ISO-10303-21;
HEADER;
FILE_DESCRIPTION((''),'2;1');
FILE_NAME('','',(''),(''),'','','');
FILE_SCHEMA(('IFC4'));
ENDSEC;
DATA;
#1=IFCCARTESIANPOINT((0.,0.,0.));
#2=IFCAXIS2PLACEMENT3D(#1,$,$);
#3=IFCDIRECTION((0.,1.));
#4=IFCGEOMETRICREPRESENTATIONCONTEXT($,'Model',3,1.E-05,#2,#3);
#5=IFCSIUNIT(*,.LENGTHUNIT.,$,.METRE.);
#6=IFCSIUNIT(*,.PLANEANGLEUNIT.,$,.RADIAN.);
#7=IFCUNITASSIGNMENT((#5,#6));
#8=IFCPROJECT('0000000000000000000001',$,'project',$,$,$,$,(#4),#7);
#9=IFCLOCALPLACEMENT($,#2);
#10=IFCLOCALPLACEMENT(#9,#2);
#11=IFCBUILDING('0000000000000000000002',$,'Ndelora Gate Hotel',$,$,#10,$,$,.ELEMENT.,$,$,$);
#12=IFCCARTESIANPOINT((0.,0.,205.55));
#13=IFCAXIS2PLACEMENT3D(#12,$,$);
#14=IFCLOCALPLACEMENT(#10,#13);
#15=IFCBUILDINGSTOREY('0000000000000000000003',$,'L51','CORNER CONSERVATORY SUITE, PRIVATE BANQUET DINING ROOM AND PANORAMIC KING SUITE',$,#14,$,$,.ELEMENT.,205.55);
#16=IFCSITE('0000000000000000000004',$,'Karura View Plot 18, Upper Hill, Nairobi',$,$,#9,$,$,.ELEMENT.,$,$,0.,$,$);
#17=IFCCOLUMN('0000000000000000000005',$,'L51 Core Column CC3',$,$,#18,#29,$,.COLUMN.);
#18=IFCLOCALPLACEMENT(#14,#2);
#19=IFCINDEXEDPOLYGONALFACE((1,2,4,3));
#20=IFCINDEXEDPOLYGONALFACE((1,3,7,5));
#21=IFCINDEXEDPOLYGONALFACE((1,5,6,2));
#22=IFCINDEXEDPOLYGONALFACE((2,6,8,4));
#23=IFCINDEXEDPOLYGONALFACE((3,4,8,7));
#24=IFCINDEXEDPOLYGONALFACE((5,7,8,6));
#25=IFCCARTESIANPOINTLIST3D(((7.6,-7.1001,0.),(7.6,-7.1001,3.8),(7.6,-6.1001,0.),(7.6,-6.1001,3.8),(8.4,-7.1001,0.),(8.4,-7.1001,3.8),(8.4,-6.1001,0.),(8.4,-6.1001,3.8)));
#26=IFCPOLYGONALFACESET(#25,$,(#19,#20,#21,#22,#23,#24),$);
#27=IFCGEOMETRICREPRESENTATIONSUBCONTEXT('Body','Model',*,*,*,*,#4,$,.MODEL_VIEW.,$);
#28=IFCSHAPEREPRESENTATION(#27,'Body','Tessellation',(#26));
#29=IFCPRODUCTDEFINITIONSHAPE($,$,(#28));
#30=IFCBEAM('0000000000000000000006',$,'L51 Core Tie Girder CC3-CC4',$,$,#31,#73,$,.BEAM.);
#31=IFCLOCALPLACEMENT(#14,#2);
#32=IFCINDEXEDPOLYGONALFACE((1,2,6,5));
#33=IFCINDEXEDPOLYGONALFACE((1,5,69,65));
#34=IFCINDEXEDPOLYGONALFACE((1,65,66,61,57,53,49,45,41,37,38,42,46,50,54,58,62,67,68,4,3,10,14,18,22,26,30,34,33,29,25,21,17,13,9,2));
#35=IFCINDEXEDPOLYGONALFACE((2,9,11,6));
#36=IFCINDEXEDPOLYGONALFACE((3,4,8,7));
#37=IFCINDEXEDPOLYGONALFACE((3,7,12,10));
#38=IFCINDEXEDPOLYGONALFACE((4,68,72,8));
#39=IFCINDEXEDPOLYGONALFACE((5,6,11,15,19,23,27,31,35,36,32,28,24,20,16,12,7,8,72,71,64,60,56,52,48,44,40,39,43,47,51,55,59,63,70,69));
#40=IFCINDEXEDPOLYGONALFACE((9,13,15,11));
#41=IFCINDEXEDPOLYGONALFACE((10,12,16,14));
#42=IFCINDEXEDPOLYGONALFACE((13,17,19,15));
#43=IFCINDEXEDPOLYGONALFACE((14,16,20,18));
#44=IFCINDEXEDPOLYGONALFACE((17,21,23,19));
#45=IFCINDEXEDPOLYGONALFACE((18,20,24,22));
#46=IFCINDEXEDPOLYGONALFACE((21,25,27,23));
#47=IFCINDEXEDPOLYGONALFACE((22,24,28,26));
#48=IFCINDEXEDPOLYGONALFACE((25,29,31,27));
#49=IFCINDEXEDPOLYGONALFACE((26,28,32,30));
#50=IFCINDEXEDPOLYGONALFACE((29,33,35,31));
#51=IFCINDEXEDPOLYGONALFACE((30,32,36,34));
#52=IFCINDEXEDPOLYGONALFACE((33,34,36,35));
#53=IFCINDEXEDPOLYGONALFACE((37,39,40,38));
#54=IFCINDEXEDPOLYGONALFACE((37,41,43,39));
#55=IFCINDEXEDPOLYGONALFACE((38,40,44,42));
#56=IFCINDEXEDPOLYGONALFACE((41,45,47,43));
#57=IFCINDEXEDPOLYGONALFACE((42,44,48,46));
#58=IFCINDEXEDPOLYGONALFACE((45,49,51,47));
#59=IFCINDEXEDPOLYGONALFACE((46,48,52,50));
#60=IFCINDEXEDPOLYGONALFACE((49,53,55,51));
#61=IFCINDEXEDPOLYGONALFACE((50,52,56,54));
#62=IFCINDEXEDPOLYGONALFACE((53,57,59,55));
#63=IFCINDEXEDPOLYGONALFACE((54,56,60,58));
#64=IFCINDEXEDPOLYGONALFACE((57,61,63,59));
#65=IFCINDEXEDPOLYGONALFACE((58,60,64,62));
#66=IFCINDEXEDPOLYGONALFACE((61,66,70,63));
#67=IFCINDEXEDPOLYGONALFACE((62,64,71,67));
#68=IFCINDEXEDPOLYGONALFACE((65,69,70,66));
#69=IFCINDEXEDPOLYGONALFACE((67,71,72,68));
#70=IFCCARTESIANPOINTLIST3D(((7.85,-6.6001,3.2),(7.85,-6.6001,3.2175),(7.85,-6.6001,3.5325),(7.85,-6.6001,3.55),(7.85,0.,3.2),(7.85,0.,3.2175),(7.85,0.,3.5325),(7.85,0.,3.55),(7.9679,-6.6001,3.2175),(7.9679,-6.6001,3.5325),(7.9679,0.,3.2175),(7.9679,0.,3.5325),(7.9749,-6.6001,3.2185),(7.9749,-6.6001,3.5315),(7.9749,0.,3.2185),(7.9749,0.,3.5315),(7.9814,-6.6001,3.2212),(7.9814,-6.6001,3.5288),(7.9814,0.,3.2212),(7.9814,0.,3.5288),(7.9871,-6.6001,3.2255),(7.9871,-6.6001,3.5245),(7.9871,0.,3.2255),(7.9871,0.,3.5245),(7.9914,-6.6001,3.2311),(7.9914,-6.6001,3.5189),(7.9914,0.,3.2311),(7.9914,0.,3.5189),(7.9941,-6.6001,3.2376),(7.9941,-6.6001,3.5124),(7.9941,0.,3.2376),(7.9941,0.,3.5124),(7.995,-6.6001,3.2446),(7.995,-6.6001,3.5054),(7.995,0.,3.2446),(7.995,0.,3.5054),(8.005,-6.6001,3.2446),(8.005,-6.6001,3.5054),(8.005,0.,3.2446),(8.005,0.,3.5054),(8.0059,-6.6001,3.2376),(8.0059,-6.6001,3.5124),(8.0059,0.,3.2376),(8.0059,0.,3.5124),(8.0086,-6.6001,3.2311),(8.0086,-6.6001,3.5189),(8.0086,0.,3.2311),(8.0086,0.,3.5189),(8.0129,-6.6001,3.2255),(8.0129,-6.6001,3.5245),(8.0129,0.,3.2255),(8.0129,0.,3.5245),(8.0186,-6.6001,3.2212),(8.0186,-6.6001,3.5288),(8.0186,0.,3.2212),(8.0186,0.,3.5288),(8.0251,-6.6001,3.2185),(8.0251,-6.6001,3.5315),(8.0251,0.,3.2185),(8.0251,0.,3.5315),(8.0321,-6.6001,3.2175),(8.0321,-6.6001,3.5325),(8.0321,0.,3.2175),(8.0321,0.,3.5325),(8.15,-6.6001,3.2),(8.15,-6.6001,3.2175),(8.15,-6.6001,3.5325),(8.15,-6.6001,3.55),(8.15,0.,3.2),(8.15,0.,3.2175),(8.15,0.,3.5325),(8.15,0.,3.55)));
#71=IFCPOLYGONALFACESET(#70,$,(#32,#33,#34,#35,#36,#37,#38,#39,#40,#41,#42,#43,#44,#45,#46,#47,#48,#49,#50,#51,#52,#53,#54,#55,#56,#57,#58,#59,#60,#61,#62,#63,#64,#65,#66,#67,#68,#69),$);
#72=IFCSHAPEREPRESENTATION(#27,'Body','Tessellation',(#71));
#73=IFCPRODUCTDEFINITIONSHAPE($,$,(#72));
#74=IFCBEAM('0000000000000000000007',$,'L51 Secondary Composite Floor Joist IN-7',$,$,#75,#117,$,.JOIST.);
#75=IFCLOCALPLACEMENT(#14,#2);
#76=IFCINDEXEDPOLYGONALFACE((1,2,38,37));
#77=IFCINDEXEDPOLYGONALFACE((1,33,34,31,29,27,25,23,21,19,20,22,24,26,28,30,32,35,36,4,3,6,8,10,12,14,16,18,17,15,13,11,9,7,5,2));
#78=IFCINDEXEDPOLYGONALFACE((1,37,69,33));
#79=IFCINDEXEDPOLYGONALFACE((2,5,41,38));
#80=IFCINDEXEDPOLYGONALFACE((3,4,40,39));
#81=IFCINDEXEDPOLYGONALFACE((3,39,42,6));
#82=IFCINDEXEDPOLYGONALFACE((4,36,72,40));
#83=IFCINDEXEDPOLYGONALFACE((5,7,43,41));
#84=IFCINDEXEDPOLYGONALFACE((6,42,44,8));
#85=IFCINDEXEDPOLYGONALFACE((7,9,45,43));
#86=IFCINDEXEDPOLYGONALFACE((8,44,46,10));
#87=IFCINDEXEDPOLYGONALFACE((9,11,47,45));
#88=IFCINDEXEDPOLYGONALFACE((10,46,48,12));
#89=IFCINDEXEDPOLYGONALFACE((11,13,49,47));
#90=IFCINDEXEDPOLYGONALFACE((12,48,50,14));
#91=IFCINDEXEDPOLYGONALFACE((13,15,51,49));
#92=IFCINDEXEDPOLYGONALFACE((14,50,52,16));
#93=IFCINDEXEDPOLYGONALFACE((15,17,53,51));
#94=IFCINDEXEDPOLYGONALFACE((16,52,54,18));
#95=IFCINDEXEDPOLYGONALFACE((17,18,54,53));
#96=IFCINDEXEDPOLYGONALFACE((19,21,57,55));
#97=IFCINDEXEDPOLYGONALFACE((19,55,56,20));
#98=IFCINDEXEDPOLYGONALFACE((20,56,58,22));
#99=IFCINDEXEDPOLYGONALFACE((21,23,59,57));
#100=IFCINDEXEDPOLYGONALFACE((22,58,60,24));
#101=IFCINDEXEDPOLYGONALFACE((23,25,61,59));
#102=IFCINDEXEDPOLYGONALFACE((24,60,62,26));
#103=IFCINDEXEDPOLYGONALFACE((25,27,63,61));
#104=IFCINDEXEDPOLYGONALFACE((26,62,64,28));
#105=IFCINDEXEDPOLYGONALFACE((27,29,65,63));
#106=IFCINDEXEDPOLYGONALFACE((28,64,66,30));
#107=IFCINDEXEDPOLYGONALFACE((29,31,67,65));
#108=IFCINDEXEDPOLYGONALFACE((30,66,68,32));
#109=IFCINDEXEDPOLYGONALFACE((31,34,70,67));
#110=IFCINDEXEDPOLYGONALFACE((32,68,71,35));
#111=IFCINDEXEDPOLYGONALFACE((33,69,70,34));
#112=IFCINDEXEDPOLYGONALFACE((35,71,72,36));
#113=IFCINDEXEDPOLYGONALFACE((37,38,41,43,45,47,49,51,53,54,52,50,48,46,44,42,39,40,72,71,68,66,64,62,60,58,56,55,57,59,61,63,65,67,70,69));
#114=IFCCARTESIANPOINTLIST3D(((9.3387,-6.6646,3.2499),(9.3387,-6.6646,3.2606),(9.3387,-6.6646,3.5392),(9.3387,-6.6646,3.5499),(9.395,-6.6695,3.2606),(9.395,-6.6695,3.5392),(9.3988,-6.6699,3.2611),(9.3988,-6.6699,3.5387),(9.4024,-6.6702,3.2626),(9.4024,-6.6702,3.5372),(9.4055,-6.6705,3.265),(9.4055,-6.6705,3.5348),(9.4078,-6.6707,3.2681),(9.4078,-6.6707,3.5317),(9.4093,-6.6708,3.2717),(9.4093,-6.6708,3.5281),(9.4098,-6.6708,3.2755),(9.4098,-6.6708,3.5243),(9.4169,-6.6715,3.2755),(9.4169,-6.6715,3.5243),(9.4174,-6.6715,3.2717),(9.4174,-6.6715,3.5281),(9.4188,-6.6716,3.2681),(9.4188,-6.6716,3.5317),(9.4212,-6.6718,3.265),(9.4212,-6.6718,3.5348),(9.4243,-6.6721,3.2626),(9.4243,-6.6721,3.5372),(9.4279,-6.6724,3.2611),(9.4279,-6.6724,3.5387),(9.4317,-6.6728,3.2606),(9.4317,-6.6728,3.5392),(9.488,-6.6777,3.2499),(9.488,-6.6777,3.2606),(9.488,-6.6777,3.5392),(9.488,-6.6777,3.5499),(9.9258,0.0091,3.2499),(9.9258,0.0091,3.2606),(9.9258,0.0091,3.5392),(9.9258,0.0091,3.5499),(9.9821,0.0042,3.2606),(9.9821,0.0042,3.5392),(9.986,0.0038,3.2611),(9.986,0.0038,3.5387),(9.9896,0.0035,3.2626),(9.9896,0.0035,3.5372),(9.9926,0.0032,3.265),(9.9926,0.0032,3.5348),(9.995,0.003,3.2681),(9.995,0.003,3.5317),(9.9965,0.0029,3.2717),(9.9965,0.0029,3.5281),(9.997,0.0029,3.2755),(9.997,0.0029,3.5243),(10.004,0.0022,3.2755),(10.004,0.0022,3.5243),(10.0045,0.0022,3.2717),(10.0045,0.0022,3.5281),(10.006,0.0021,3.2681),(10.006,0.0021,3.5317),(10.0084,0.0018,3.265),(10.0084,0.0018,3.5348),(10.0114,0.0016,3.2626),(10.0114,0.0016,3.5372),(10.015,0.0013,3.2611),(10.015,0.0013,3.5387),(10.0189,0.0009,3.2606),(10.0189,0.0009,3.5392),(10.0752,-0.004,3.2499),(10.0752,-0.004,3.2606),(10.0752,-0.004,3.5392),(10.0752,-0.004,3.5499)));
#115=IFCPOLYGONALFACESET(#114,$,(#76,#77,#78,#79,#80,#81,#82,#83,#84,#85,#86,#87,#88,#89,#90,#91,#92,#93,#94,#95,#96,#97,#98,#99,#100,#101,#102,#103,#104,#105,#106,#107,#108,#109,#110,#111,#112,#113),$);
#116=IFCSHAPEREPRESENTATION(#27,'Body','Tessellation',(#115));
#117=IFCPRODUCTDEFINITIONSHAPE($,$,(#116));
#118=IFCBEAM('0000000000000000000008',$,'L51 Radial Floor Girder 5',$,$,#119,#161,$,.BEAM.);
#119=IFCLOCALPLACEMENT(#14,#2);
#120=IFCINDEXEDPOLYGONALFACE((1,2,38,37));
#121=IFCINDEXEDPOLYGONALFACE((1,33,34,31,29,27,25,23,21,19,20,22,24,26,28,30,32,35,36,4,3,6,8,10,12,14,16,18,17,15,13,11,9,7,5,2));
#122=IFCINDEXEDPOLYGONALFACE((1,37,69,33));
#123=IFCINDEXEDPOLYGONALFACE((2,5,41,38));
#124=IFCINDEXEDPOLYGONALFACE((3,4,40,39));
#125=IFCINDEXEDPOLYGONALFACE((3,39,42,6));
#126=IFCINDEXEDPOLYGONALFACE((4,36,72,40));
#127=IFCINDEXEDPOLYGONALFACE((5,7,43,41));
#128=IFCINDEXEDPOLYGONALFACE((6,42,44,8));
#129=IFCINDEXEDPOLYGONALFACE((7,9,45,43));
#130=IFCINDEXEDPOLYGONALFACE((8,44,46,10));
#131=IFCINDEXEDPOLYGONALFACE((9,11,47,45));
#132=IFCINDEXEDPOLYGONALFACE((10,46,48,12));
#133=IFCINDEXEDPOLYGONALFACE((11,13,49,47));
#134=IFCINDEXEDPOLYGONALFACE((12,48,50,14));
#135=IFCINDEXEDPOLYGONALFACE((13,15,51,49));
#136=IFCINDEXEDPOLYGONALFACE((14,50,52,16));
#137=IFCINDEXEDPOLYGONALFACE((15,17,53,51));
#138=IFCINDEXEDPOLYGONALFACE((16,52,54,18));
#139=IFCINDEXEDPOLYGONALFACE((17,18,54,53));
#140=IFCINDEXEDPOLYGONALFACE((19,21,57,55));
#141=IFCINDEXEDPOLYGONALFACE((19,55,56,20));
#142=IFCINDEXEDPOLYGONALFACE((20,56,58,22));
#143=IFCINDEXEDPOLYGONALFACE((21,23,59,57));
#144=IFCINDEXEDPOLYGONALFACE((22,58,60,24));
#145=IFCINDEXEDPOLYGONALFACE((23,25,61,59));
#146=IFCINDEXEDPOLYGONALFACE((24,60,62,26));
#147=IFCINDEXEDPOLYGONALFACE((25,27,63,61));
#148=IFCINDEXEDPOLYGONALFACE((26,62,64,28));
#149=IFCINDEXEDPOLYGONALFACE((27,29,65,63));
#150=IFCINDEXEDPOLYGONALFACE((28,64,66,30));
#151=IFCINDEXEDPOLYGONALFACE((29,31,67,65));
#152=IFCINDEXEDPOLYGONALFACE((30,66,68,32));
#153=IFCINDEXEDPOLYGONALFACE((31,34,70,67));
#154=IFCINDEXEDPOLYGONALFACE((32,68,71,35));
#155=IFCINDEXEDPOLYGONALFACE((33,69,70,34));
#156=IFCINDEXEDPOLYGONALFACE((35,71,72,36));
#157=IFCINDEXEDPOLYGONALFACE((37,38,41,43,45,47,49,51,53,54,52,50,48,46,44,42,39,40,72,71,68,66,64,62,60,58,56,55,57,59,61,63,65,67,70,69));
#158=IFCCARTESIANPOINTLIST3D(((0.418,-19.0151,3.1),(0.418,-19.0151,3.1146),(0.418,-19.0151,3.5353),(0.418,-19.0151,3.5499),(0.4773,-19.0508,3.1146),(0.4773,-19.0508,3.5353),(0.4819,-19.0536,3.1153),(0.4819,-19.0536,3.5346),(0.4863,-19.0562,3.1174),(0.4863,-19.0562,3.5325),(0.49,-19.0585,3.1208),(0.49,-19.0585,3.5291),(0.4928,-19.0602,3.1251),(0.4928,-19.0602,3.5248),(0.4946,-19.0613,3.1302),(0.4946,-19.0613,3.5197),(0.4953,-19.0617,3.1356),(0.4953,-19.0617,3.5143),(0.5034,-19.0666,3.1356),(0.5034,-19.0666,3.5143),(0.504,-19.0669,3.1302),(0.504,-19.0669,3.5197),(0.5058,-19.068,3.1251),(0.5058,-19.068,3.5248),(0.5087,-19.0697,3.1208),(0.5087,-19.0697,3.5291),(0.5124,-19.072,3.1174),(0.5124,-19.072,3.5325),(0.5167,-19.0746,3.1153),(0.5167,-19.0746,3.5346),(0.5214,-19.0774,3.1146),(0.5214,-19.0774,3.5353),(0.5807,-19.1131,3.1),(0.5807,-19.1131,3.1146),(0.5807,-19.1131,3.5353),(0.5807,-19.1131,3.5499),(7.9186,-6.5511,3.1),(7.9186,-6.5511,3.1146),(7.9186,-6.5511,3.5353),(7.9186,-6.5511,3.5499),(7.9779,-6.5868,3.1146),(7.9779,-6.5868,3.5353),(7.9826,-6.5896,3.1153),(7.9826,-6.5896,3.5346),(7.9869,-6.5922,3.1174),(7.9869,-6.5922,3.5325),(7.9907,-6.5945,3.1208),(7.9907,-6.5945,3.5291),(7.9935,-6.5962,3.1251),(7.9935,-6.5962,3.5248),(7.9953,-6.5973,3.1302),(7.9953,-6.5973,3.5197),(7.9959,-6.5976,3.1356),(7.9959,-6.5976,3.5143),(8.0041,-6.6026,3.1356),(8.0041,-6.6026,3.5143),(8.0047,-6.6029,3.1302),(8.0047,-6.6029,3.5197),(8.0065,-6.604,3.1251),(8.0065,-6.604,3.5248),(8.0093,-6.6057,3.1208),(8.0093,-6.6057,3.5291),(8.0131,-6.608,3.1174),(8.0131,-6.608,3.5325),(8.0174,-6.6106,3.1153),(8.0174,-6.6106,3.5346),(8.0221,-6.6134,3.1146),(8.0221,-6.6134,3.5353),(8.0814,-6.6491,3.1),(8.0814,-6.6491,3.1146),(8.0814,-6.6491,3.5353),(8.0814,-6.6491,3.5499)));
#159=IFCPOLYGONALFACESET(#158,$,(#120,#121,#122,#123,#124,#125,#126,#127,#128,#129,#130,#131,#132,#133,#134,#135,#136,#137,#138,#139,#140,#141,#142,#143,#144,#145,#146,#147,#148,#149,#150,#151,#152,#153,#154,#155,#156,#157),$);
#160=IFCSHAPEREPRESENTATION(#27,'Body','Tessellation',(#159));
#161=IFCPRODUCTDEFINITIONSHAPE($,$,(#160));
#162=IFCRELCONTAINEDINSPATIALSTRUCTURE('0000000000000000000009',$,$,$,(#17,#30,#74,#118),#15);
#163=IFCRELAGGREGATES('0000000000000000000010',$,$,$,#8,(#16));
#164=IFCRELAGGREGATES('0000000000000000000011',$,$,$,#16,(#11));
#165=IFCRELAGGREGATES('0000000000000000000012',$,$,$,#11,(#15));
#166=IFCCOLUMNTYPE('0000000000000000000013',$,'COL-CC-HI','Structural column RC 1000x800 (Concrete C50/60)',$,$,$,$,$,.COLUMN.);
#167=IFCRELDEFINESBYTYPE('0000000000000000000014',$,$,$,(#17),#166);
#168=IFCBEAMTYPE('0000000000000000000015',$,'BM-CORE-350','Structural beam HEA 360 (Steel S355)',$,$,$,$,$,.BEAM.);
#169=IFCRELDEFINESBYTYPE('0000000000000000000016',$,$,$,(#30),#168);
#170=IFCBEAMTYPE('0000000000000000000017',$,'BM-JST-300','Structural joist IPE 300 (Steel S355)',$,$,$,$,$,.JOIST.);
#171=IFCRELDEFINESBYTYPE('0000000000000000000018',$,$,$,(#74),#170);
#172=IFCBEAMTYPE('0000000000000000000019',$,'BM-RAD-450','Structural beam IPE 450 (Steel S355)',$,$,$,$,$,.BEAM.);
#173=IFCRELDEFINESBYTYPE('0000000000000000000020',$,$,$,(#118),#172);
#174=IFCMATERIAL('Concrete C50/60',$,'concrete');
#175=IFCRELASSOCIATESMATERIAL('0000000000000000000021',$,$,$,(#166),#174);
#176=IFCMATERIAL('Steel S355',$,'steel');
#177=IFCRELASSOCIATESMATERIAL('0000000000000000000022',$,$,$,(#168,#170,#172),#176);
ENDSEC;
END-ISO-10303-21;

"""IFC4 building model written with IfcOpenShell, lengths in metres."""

from ifc_helpers import new_model, si_unit, direction, frame, origin, origin_2d, place, context, subcontext, project, spatial, rectangle, i_section, extrude, material, material_profile, profile_set, type_object, element, save


model = new_model("IFC4")

# Units and contexts
model_context = context("Model", 3, precision=1e-05, world=origin(), true_north=direction((0.0, 1.0)))
body_context = subcontext(model_context, "Body", "Model", "MODEL_VIEW")
ifc_project = project(units=[si_unit("LENGTHUNIT", "METRE"), si_unit("PLANEANGLEUNIT", "RADIAN")], contexts=[model_context])

# Site, building, storey
site_placement = place(None, origin())
site = spatial("IfcSite", under=ifc_project, at=site_placement, Name="Karura View Plot 18, Upper Hill, Nairobi", CompositionType="ELEMENT", RefElevation=0.0)
building_placement = place(site_placement, origin())
building = spatial("IfcBuilding", under=site, at=building_placement, Name="Ndelora Gate Hotel", CompositionType="ELEMENT")
storey_placement = place(building_placement, frame((0.0, 0.0, 205.55)))
storey = spatial("IfcBuildingStorey", under=building, at=storey_placement, Name="L51", Description="CORNER CONSERVATORY SUITE, PRIVATE BANQUET DINING ROOM AND PANORAMIC KING SUITE", CompositionType="ELEMENT", Elevation=205.55)

# Column
ifc_material_1 = material(Name="Concrete C50/60", Category="concrete")
ifc_material_profile_1 = material_profile(ifc_material_1, rectangle(XDim=0.8, YDim=1.0, at=origin_2d()), Name="RC 1000x800")
ifc_profile_set_1 = profile_set([ifc_material_profile_1], Name="Concrete C50/60")
column_type = type_object("IfcColumnType", Name="COL-CC-HI", Description="Structural column RC 1000x800 (Concrete C50/60)", PredefinedType="COLUMN", material=ifc_profile_set_1)
column_placement = place(storey_placement, frame((8.0, -6.6001, 0.0), z_axis=(0.0, 0.0, 1.0), x_axis=(1.0, 0.0, 0.0)))
element("IfcColumn", 1, at=column_placement, inside=storey, type_object=column_type, Name="L51 Core Column CC3", PredefinedType="COLUMN", context=body_context, shape_type="SweptSolid", body=[
    extrude(rectangle(XDim=0.8, YDim=1.0, at=origin_2d()), origin(), (0.0, 0.0, 1.0), 3.8),
])

# Beams
ifc_material_2 = material(Name="Steel S355", Category="steel")
ifc_material_profile_2 = material_profile(ifc_material_2, i_section(OverallWidth=0.3, OverallDepth=0.3501, WebThickness=0.01, FlangeThickness=0.0176, FilletRadius=0.0271, at=origin_2d()), Name="HEA 360")
ifc_profile_set_2 = profile_set([ifc_material_profile_2], Name="Steel S355")
beam_type_1 = type_object("IfcBeamType", Name="BM-CORE-350", Description="Structural beam HEA 360 (Steel S355)", PredefinedType="BEAM", material=ifc_profile_set_2)
beam_1_placement = place(storey_placement, frame((8.0, -6.6001, 3.375), z_axis=(0.0, 1.0, 0.0), x_axis=(-1.0, 0.0, 0.0)))
element("IfcBeam", 2, at=beam_1_placement, inside=storey, type_object=beam_type_1, Name="L51 Core Tie Girder CC3-CC4", PredefinedType="BEAM", context=body_context, shape_type="SweptSolid", body=[
    extrude(i_section(OverallWidth=0.3, OverallDepth=0.3501, WebThickness=0.01, FlangeThickness=0.0176, FilletRadius=0.0271, at=origin_2d()), origin(), (0.0, 0.0, 1.0), 6.6001),
])
ifc_material_profile_3 = material_profile(ifc_material_2, i_section(OverallWidth=0.1499, OverallDepth=0.3, WebThickness=0.0071, FlangeThickness=0.0107, FilletRadius=0.0149, at=origin_2d()), Name="IPE 300")
ifc_profile_set_3 = profile_set([ifc_material_profile_3], Name="Steel S355")
beam_type_2 = type_object("IfcBeamType", Name="BM-JST-300", Description="Structural joist IPE 300 (Steel S355)", PredefinedType="JOIST", material=ifc_profile_set_3)
beam_2_placement = place(storey_placement, frame((9.4133, -6.6711, 3.3999), z_axis=(0.087644, 0.996152, 0.0), x_axis=(-0.996152, 0.087644, 0.0)))
element("IfcBeam", 3, at=beam_2_placement, inside=storey, type_object=beam_type_2, Name="L51 Secondary Composite Floor Joist IN-7", PredefinedType="JOIST", context=body_context, shape_type="SweptSolid", body=[
    extrude(i_section(OverallWidth=0.1499, OverallDepth=0.3, WebThickness=0.0071, FlangeThickness=0.0107, FilletRadius=0.0149, at=origin_2d()), origin(), (0.0, 0.0, 1.0), 6.6995),
])
ifc_material_profile_4 = material_profile(ifc_material_2, i_section(OverallWidth=0.1899, OverallDepth=0.45, WebThickness=0.0095, FlangeThickness=0.0146, FilletRadius=0.021, at=origin_2d()), Name="IPE 450")
ifc_profile_set_4 = profile_set([ifc_material_profile_4], Name="Steel S355")
beam_type_3 = type_object("IfcBeamType", Name="BM-RAD-450", Description="Structural beam IPE 450 (Steel S355)", PredefinedType="BEAM", material=ifc_profile_set_4)
beam_3_placement = place(storey_placement, frame((8.0, -6.6001, 3.325), z_axis=(-0.515621, -0.856817, 0.0), x_axis=(0.856817, -0.515621, 0.0)))
element("IfcBeam", 4, at=beam_3_placement, inside=storey, type_object=beam_type_3, Name="L51 Radial Floor Girder 5", PredefinedType="BEAM", context=body_context, shape_type="SweptSolid", body=[
    extrude(i_section(OverallWidth=0.1899, OverallDepth=0.45, WebThickness=0.0095, FlangeThickness=0.0146, FilletRadius=0.021, at=origin_2d()), origin(), (0.0, 0.0, 1.0), 14.5469),
])

save(model, "model.ifc")
